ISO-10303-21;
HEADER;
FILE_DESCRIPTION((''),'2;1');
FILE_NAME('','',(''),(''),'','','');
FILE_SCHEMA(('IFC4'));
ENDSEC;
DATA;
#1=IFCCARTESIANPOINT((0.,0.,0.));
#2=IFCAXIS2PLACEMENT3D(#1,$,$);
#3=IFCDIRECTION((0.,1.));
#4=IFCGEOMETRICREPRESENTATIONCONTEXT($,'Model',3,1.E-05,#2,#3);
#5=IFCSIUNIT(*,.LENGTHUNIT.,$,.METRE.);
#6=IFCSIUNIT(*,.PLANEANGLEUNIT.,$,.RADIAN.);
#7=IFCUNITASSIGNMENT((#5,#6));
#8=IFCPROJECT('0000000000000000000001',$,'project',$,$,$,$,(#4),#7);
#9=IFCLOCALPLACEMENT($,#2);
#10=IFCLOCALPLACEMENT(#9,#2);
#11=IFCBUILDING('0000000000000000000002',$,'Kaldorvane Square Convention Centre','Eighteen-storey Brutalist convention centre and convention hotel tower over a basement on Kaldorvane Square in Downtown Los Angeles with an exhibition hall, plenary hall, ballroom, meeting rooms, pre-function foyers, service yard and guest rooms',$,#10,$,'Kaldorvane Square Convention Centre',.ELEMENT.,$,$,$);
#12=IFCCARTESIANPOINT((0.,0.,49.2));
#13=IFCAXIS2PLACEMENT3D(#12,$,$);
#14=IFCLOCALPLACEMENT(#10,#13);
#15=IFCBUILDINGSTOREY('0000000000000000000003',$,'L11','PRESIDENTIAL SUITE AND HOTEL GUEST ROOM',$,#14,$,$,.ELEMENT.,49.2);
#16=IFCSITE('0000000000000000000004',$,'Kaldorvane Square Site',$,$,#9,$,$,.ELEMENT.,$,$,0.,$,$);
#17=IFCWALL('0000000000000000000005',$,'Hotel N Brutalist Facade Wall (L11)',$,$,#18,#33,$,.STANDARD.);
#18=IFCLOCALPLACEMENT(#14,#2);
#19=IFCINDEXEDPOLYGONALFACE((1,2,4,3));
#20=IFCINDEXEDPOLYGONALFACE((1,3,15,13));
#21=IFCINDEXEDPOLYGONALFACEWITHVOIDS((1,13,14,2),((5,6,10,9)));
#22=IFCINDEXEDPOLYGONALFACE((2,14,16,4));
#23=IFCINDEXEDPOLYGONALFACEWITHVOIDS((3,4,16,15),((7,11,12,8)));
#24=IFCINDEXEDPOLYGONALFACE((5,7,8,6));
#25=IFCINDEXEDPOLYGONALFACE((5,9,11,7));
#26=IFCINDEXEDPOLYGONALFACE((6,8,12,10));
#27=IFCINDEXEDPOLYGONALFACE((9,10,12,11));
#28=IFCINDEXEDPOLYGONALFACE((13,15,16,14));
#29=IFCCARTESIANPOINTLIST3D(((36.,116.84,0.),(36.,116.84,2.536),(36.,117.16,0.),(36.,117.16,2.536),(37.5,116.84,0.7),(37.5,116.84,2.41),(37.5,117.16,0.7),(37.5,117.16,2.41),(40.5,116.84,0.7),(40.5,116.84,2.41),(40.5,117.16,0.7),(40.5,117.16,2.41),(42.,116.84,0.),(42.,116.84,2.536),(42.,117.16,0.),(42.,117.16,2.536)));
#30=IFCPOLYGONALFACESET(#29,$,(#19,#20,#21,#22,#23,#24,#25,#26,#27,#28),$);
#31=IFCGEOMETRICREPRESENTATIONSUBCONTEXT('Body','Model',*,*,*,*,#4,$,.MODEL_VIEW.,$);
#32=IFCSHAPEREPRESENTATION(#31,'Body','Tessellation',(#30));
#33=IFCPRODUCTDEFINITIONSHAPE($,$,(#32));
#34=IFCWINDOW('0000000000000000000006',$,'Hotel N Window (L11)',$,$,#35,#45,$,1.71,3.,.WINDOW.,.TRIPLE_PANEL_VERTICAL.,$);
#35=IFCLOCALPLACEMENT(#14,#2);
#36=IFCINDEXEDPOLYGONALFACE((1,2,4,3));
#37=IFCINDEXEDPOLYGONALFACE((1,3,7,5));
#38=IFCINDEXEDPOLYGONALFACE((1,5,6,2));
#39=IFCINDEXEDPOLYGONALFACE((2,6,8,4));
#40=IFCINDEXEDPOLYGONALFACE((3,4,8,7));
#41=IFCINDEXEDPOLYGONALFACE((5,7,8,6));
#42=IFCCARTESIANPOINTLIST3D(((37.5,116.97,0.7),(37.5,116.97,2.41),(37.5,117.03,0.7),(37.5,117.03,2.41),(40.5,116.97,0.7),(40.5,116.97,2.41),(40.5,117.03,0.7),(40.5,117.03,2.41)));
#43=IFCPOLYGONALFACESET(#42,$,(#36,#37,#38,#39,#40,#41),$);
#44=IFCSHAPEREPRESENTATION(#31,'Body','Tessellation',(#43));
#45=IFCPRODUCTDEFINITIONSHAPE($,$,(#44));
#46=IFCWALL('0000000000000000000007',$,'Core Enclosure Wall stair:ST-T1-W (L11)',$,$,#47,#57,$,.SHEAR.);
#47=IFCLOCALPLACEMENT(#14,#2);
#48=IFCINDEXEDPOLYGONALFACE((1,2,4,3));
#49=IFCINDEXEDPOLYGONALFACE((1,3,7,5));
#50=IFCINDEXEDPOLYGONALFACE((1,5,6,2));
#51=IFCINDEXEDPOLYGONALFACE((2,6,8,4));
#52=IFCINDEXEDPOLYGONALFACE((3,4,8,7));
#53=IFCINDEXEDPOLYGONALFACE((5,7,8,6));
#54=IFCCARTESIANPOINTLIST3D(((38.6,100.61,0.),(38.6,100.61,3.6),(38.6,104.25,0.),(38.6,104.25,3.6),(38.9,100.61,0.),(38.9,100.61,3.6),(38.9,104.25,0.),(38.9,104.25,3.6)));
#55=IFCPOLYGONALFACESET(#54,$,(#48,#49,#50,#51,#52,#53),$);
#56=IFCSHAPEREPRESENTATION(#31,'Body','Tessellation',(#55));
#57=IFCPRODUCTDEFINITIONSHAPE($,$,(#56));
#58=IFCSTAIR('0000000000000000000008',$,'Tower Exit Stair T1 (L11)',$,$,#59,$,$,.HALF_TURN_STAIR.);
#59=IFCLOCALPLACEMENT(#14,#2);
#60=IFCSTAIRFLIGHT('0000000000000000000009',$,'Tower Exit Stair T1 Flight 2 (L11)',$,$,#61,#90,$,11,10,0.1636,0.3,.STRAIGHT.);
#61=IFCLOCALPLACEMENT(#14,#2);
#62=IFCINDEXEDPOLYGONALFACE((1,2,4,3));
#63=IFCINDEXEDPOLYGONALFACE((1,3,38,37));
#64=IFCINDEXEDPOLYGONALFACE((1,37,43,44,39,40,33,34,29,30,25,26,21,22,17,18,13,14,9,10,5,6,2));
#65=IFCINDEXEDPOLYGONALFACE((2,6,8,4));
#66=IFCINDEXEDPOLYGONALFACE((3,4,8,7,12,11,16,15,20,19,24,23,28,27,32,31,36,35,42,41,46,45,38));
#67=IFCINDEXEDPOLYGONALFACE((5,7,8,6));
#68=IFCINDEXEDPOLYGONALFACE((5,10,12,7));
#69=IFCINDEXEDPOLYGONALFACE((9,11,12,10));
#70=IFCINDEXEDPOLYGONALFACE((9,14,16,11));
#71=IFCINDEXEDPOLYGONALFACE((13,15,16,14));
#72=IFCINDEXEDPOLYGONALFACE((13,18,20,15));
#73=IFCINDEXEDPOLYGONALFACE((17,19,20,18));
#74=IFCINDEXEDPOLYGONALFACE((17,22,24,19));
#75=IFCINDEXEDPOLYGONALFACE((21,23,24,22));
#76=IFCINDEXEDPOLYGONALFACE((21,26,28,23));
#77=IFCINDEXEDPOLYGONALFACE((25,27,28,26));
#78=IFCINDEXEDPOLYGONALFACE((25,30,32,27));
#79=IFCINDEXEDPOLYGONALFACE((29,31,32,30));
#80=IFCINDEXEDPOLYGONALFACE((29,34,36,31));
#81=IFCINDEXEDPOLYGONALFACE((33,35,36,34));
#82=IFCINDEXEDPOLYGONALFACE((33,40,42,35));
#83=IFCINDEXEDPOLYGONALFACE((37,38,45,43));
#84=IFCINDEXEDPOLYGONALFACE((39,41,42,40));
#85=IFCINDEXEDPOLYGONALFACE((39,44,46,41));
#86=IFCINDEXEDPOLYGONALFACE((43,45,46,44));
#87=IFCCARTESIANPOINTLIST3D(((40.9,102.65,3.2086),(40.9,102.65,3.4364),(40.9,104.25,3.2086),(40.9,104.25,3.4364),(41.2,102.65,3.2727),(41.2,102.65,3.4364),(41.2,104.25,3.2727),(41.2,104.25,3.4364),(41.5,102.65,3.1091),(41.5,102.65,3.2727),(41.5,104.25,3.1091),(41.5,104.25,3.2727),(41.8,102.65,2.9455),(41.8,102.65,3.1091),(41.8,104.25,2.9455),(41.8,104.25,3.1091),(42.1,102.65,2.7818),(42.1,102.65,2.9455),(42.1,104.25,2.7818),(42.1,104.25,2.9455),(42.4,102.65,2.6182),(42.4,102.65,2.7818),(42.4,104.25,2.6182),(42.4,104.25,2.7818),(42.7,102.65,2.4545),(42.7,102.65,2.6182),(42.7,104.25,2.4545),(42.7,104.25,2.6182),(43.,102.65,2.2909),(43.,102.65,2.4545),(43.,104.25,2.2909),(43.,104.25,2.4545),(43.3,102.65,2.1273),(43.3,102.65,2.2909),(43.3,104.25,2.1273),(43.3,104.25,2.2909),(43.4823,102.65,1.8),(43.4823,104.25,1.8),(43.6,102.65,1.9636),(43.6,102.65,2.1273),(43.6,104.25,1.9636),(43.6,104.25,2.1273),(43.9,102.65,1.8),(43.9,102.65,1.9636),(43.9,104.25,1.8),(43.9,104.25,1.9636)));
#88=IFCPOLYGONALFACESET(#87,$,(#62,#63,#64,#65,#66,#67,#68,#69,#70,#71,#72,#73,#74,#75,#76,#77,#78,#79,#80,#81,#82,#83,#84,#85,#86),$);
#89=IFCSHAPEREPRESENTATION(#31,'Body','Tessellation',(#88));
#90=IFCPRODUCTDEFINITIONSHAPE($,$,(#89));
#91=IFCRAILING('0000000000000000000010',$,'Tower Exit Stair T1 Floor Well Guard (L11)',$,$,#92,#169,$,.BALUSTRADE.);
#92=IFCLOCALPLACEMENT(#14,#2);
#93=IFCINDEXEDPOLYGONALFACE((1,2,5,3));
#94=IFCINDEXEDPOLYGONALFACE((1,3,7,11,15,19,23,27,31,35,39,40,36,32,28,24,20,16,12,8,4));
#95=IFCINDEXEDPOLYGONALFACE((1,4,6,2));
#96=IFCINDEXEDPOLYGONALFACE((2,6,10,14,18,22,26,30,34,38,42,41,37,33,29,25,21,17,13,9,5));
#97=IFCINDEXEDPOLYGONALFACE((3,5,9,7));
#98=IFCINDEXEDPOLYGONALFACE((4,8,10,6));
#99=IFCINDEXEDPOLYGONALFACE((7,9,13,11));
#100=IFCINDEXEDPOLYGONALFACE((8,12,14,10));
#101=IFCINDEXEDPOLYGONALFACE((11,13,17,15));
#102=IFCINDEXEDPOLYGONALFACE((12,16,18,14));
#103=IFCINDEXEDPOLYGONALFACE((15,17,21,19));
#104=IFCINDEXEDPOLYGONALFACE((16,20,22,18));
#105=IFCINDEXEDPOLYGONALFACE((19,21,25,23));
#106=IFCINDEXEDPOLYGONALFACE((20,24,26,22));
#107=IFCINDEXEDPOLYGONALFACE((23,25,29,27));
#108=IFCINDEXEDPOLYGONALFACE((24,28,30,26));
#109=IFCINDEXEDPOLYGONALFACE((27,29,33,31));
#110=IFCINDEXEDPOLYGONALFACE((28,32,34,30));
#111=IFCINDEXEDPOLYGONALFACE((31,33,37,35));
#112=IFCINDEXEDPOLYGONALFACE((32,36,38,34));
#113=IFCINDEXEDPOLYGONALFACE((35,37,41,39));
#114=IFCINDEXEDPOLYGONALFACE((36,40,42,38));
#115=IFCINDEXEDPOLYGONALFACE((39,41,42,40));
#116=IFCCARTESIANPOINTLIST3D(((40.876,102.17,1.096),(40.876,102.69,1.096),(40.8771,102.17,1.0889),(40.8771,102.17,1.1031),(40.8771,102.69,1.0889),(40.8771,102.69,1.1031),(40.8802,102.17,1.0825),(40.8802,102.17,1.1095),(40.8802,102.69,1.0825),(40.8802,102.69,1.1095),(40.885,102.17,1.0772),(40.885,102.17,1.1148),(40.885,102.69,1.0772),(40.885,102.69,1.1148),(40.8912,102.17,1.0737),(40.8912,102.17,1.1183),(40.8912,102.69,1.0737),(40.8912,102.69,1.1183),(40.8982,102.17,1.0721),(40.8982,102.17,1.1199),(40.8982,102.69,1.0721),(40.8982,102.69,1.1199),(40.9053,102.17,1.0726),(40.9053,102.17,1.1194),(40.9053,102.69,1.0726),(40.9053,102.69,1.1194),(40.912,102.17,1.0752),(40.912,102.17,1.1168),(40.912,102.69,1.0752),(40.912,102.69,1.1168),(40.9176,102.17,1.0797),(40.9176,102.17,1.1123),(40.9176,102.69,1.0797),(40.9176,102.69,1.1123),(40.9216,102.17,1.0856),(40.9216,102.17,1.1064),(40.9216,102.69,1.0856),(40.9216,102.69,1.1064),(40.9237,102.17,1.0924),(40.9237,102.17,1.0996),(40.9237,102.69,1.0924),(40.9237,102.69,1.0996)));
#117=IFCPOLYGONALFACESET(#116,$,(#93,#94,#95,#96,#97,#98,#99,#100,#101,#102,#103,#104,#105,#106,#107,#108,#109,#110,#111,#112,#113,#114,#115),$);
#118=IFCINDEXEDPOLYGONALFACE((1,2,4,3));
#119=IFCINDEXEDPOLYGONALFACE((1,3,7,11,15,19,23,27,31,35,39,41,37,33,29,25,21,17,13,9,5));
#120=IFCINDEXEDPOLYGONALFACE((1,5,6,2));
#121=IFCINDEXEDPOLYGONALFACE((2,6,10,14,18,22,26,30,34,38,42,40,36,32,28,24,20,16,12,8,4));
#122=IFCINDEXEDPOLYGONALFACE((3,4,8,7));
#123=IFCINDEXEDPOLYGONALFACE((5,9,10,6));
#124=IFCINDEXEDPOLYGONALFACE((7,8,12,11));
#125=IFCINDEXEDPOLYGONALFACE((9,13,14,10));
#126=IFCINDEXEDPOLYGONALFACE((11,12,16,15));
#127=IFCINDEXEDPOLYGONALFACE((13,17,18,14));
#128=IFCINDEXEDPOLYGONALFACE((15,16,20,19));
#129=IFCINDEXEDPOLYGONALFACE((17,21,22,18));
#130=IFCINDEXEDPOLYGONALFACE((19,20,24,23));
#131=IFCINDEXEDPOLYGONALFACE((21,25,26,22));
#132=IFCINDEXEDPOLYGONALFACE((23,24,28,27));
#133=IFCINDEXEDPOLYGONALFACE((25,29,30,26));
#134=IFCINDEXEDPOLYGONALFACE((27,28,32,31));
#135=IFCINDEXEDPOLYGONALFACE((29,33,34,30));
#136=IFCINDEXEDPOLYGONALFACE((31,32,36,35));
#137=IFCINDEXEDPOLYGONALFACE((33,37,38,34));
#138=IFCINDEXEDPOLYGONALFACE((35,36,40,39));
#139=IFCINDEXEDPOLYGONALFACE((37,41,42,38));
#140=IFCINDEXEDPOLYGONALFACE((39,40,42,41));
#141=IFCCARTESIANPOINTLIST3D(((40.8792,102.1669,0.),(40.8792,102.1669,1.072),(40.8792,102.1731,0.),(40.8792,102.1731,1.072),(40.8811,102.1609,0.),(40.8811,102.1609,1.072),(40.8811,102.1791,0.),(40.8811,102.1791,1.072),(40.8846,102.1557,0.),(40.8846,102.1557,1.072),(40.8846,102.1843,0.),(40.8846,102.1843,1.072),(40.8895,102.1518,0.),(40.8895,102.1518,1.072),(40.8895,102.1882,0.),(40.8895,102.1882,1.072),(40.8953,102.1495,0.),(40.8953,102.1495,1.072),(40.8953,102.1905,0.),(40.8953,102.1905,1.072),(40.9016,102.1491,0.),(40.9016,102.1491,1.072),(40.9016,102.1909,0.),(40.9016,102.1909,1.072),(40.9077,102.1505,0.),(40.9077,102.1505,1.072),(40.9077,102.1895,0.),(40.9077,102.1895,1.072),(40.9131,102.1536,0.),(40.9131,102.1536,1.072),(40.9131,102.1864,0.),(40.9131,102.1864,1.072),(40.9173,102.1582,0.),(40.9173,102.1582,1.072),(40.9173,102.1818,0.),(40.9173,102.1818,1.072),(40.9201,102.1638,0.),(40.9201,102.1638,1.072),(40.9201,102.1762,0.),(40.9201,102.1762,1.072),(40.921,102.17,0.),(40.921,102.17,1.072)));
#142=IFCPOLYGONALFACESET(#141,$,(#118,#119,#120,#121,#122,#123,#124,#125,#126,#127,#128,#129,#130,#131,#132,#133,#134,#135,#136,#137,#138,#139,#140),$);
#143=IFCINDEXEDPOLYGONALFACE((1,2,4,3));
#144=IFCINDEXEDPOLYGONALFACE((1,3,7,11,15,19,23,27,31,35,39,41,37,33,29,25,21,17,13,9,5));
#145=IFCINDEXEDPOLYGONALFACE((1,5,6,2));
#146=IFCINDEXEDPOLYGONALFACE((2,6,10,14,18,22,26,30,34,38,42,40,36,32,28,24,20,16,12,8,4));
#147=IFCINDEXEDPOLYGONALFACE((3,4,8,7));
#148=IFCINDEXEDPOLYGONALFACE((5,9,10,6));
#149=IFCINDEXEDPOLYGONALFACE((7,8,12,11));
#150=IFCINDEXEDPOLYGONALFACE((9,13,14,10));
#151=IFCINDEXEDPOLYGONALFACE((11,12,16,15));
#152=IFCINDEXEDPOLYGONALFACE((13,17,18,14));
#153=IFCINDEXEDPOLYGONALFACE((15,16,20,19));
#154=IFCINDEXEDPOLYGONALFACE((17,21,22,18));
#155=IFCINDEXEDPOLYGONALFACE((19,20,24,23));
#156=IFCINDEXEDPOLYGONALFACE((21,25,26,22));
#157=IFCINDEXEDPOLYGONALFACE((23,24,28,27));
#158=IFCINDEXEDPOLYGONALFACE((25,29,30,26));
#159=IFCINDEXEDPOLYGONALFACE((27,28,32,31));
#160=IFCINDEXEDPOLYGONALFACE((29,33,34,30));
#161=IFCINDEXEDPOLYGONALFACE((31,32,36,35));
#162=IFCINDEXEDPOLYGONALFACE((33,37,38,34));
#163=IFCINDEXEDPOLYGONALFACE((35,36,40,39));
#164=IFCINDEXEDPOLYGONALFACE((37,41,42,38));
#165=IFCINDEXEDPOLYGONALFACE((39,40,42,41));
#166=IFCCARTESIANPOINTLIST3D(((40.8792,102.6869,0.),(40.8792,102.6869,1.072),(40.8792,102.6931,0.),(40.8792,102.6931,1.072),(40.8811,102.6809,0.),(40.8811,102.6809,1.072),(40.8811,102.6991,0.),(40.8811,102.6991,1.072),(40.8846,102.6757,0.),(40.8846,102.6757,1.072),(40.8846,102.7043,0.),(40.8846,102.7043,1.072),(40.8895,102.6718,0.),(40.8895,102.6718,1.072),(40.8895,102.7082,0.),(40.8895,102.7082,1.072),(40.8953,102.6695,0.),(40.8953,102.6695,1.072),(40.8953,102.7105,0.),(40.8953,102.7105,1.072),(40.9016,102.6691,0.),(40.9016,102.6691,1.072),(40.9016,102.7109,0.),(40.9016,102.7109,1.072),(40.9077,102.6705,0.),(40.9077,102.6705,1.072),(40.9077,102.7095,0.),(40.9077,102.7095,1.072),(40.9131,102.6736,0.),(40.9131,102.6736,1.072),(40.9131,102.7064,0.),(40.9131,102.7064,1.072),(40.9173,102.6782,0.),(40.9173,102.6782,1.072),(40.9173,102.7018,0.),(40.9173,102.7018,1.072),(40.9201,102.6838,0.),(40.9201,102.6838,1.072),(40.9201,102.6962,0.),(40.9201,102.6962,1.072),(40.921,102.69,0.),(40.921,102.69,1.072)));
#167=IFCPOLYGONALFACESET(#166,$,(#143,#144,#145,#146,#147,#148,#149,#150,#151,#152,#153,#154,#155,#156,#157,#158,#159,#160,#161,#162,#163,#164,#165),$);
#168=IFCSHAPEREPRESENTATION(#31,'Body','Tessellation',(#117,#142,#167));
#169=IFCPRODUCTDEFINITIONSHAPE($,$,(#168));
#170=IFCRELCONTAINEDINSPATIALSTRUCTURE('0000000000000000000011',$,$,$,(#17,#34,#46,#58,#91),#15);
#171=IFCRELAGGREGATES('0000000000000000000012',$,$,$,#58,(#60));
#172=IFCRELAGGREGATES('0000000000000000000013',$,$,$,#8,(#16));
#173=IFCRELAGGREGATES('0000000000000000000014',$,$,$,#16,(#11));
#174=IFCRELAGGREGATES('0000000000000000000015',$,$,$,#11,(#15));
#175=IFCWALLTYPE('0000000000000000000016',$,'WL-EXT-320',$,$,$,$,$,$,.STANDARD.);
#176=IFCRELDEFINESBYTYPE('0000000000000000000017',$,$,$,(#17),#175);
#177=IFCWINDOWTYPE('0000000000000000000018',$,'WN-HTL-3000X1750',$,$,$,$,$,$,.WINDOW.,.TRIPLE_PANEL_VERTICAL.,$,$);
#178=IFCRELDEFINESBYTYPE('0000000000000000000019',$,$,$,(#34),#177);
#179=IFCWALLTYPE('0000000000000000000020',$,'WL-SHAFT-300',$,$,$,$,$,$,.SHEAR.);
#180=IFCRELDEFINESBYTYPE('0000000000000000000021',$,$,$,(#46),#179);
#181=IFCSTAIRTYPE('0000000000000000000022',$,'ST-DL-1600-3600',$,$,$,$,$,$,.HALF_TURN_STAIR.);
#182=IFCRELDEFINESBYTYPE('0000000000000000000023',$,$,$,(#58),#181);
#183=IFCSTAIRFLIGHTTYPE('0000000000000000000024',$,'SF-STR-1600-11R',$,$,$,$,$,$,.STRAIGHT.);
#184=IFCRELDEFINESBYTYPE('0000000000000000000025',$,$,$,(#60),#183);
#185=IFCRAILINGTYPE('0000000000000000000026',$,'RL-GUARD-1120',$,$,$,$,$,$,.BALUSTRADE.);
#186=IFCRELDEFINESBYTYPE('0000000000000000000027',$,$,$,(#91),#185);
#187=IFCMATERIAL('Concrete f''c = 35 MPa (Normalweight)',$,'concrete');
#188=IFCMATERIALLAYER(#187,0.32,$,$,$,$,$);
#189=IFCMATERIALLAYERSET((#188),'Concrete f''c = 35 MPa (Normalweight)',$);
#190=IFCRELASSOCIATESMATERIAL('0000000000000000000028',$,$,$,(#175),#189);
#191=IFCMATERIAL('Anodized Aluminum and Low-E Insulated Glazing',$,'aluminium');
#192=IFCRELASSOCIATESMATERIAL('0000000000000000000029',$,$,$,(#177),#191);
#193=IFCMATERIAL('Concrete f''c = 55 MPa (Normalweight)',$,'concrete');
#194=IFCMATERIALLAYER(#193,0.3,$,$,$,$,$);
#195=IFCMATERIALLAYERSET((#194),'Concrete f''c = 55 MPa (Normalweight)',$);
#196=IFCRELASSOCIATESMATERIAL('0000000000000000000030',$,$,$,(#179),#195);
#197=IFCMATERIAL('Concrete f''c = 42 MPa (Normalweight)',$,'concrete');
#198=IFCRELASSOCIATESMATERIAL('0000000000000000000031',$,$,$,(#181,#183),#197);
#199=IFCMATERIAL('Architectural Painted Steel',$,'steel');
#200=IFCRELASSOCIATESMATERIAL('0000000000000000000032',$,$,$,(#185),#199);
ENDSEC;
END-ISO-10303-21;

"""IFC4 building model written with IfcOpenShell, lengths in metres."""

from ifc_helpers import new_model, si_unit, direction, frame, frame_2d, origin, origin_2d, place, context, subcontext, project, spatial, polyline, rectangle, circle, outline, extrude, material, layer, layer_set, type_object, element, fill, aggregate, save


model = new_model("IFC4")

# Units and contexts
model_context = context("Model", 3, precision=1e-05, world=origin(), true_north=direction((0.0, 1.0)))
body_context = subcontext(model_context, "Body", "Model", "MODEL_VIEW")
ifc_project = project(units=[si_unit("LENGTHUNIT", "METRE"), si_unit("PLANEANGLEUNIT", "RADIAN")], contexts=[model_context])

# Site, building, storey
site_placement = place(None, origin())
site = spatial("IfcSite", under=ifc_project, at=site_placement, Name="Kaldorvane Square Site", CompositionType="ELEMENT", RefElevation=0.0)
building_placement = place(site_placement, origin())
building = spatial("IfcBuilding", under=site, at=building_placement, Name="Kaldorvane Square Convention Centre", Description="Eighteen-storey Brutalist convention centre and convention hotel tower over a basement on Kaldorvane Square in Downtown Los Angeles with an exhibition hall, plenary hall, ballroom, meeting rooms, pre-function foyers, service yard and guest rooms", LongName="Kaldorvane Square Convention Centre", CompositionType="ELEMENT")
storey_placement = place(building_placement, frame((0.0, 0.0, 49.2)))
storey = spatial("IfcBuildingStorey", under=building, at=storey_placement, Name="L11", Description="PRESIDENTIAL SUITE AND HOTEL GUEST ROOM", CompositionType="ELEMENT", Elevation=49.2)

# Shared definitions
ifc_material_1 = material(Name="Concrete f'c = 42 MPa (Normalweight)", Category="concrete")

# Wall, opening, window
ifc_material_2 = material(Name="Concrete f'c = 35 MPa (Normalweight)", Category="concrete")
ifc_layer_1 = layer(ifc_material_2, 0.32)
ifc_layer_set_1 = layer_set([ifc_layer_1], Name="Concrete f'c = 35 MPa (Normalweight)")
wall_type_1 = type_object("IfcWallType", Name="WL-EXT-320", PredefinedType="STANDARD", material=ifc_layer_set_1)
ifc_material_3 = material(Name="Anodized Aluminum and Low-E Insulated Glazing", Category="aluminium")
window_type = type_object("IfcWindowType", Name="WN-HTL-3000X1750", PartitioningType="TRIPLE_PANEL_VERTICAL", PredefinedType="WINDOW", material=ifc_material_3)
wall_1_placement = place(storey_placement, frame((42.0, 117.0, 0.0), z_axis=(0.0, 0.0, 1.0), x_axis=(-1.0, 0.0, 0.0)))
wall_1 = element("IfcWall", 1, at=wall_1_placement, inside=storey, type_object=wall_type_1, Name="Hotel N Brutalist Facade Wall (L11)", PredefinedType="STANDARD", context=body_context, shape_type="SweptSolid", body=[
    extrude(rectangle(XDim=6.0, YDim=0.32, at=frame_2d((3.0, 0.0))), origin(), (0.0, 0.0, 1.0), 2.536),
])
opening_1_placement = place(wall_1_placement, frame((1.5, 0.0, 0.7)))
opening_1 = element("IfcOpeningElement", 2, at=opening_1_placement, cuts=wall_1, PredefinedType="OPENING", context=body_context, shape_type="SweptSolid", body=[
    extrude(rectangle(XDim=3.0, YDim=1.71, at=frame_2d((1.5, 0.855))), frame((0.0, 0.175, 0.0), z_axis=(0.0, -1.0, 0.0), x_axis=(1.0, 0.0, 0.0)), (0.0, 0.0, 1.0), 0.35),
])
window_1_placement = place(opening_1_placement, origin())
window_1 = element("IfcWindow", 3, at=window_1_placement, inside=storey, type_object=window_type, Name="Hotel N Window (L11)", OverallHeight=1.71, OverallWidth=3.0, PartitioningType="TRIPLE_PANEL_VERTICAL", PredefinedType="WINDOW", context=body_context, shape_type="SweptSolid", body=[
    extrude(rectangle(XDim=3.0, YDim=1.71, at=frame_2d((1.5, 0.855))), frame((0.0, 0.03, 0.0), z_axis=(0.0, -1.0, 0.0), x_axis=(1.0, 0.0, 0.0)), (0.0, 0.0, 1.0), 0.06),
])
fill(opening_1, window_1)

# Wall
ifc_material_4 = material(Name="Concrete f'c = 55 MPa (Normalweight)", Category="concrete")
ifc_layer_2 = layer(ifc_material_4, 0.3)
ifc_layer_set_2 = layer_set([ifc_layer_2], Name="Concrete f'c = 55 MPa (Normalweight)")
wall_type_2 = type_object("IfcWallType", Name="WL-SHAFT-300", PredefinedType="SHEAR", material=ifc_layer_set_2)
wall_2_placement = place(storey_placement, frame((38.75, 104.25, 0.0), z_axis=(0.0, 0.0, 1.0), x_axis=(0.0, -1.0, 0.0)))
element("IfcWall", 4, at=wall_2_placement, inside=storey, type_object=wall_type_2, Name="Core Enclosure Wall stair:ST-T1-W (L11)", PredefinedType="SHEAR", context=body_context, shape_type="SweptSolid", body=[
    extrude(rectangle(XDim=3.64, YDim=0.3, at=frame_2d((1.82, 0.0))), origin(), (0.0, 0.0, 1.0), 3.6),
])

# Stair, stair flight
stair_type = type_object("IfcStairType", Name="ST-DL-1600-3600", PredefinedType="HALF_TURN_STAIR", material=ifc_material_1)
stair_placement = place(storey_placement, origin())
stair = element("IfcStair", 5, at=stair_placement, inside=storey, type_object=stair_type, Name="Tower Exit Stair T1 (L11)", PredefinedType="HALF_TURN_STAIR")
stair_flight_type = type_object("IfcStairFlightType", Name="SF-STR-1600-11R", PredefinedType="STRAIGHT", material=ifc_material_1)
stair_flight_placement = place(storey_placement, frame((43.9, 103.45, 1.8), z_axis=(0.0, 0.0, 1.0), x_axis=(-1.0, 0.0, 0.0)))
stair_flight = element("IfcStairFlight", 6, at=stair_flight_placement, type_object=stair_flight_type, Name="Tower Exit Stair T1 Flight 2 (L11)", NumberOfRisers=11, NumberOfTreads=10, PredefinedType="STRAIGHT", RiserHeight=0.1636, TreadLength=0.3, context=body_context, shape_type="SweptSolid", body=[
    extrude(outline(polyline([(0.0, 0.0), (0.0, 0.1636), (0.3, 0.1636), (0.3, 0.3273), (0.6, 0.3273), (0.6, 0.4909), (0.9, 0.4909), (0.9, 0.6545), (1.2, 0.6545), (1.2, 0.8182), (1.5, 0.8182), (1.5, 0.9818), (1.8, 0.9818), (1.8, 1.1455), (2.1, 1.1455), (2.1, 1.3091), (2.4, 1.3091), (2.4, 1.4727), (2.7, 1.4727), (2.7, 1.6364), (3.0, 1.6364), (3.0, 1.8), (3.0, 1.4086), (0.4177, 0.0), (0.0, 0.0)])), frame((0.0, 0.8, 0.0), z_axis=(0.0, -1.0, 0.0), x_axis=(1.0, 0.0, 0.0)), (0.0, 0.0, 1.0), 1.6),
])
aggregate(stair, [stair_flight])

# Railing
ifc_material_5 = material(Name="Architectural Painted Steel", Category="steel")
railing_type_1 = type_object("IfcRailingType", Name="RL-GUARD-1120", PredefinedType="BALUSTRADE", material=ifc_material_5)
for number, where, name in (
    (7, (40.9, 102.17, 0.0), "Tower Exit Stair T1 Floor Well Guard (L11)"),
):
    element("IfcRailing", number, at=place(storey_placement, frame(where)), inside=storey, type_object=railing_type_1, Name=name, PredefinedType="BALUSTRADE", context=body_context, shape_type="SweptSolid", body=[
        extrude(circle(Radius=0.024, at=origin_2d()), frame((0.0, 0.0, 1.096), z_axis=(0.0, 1.0, 0.0), x_axis=(-1.0, 0.0, 0.0)), (0.0, 0.0, 1.0), 0.52),
        extrude(circle(Radius=0.021, at=origin_2d()), origin(), (0.0, 0.0, 1.0), 1.072),
        extrude(circle(Radius=0.021, at=origin_2d()), frame((0.0, 0.52, 0.0)), (0.0, 0.0, 1.0), 1.072),
    ])

save(model, "model.ifc")
